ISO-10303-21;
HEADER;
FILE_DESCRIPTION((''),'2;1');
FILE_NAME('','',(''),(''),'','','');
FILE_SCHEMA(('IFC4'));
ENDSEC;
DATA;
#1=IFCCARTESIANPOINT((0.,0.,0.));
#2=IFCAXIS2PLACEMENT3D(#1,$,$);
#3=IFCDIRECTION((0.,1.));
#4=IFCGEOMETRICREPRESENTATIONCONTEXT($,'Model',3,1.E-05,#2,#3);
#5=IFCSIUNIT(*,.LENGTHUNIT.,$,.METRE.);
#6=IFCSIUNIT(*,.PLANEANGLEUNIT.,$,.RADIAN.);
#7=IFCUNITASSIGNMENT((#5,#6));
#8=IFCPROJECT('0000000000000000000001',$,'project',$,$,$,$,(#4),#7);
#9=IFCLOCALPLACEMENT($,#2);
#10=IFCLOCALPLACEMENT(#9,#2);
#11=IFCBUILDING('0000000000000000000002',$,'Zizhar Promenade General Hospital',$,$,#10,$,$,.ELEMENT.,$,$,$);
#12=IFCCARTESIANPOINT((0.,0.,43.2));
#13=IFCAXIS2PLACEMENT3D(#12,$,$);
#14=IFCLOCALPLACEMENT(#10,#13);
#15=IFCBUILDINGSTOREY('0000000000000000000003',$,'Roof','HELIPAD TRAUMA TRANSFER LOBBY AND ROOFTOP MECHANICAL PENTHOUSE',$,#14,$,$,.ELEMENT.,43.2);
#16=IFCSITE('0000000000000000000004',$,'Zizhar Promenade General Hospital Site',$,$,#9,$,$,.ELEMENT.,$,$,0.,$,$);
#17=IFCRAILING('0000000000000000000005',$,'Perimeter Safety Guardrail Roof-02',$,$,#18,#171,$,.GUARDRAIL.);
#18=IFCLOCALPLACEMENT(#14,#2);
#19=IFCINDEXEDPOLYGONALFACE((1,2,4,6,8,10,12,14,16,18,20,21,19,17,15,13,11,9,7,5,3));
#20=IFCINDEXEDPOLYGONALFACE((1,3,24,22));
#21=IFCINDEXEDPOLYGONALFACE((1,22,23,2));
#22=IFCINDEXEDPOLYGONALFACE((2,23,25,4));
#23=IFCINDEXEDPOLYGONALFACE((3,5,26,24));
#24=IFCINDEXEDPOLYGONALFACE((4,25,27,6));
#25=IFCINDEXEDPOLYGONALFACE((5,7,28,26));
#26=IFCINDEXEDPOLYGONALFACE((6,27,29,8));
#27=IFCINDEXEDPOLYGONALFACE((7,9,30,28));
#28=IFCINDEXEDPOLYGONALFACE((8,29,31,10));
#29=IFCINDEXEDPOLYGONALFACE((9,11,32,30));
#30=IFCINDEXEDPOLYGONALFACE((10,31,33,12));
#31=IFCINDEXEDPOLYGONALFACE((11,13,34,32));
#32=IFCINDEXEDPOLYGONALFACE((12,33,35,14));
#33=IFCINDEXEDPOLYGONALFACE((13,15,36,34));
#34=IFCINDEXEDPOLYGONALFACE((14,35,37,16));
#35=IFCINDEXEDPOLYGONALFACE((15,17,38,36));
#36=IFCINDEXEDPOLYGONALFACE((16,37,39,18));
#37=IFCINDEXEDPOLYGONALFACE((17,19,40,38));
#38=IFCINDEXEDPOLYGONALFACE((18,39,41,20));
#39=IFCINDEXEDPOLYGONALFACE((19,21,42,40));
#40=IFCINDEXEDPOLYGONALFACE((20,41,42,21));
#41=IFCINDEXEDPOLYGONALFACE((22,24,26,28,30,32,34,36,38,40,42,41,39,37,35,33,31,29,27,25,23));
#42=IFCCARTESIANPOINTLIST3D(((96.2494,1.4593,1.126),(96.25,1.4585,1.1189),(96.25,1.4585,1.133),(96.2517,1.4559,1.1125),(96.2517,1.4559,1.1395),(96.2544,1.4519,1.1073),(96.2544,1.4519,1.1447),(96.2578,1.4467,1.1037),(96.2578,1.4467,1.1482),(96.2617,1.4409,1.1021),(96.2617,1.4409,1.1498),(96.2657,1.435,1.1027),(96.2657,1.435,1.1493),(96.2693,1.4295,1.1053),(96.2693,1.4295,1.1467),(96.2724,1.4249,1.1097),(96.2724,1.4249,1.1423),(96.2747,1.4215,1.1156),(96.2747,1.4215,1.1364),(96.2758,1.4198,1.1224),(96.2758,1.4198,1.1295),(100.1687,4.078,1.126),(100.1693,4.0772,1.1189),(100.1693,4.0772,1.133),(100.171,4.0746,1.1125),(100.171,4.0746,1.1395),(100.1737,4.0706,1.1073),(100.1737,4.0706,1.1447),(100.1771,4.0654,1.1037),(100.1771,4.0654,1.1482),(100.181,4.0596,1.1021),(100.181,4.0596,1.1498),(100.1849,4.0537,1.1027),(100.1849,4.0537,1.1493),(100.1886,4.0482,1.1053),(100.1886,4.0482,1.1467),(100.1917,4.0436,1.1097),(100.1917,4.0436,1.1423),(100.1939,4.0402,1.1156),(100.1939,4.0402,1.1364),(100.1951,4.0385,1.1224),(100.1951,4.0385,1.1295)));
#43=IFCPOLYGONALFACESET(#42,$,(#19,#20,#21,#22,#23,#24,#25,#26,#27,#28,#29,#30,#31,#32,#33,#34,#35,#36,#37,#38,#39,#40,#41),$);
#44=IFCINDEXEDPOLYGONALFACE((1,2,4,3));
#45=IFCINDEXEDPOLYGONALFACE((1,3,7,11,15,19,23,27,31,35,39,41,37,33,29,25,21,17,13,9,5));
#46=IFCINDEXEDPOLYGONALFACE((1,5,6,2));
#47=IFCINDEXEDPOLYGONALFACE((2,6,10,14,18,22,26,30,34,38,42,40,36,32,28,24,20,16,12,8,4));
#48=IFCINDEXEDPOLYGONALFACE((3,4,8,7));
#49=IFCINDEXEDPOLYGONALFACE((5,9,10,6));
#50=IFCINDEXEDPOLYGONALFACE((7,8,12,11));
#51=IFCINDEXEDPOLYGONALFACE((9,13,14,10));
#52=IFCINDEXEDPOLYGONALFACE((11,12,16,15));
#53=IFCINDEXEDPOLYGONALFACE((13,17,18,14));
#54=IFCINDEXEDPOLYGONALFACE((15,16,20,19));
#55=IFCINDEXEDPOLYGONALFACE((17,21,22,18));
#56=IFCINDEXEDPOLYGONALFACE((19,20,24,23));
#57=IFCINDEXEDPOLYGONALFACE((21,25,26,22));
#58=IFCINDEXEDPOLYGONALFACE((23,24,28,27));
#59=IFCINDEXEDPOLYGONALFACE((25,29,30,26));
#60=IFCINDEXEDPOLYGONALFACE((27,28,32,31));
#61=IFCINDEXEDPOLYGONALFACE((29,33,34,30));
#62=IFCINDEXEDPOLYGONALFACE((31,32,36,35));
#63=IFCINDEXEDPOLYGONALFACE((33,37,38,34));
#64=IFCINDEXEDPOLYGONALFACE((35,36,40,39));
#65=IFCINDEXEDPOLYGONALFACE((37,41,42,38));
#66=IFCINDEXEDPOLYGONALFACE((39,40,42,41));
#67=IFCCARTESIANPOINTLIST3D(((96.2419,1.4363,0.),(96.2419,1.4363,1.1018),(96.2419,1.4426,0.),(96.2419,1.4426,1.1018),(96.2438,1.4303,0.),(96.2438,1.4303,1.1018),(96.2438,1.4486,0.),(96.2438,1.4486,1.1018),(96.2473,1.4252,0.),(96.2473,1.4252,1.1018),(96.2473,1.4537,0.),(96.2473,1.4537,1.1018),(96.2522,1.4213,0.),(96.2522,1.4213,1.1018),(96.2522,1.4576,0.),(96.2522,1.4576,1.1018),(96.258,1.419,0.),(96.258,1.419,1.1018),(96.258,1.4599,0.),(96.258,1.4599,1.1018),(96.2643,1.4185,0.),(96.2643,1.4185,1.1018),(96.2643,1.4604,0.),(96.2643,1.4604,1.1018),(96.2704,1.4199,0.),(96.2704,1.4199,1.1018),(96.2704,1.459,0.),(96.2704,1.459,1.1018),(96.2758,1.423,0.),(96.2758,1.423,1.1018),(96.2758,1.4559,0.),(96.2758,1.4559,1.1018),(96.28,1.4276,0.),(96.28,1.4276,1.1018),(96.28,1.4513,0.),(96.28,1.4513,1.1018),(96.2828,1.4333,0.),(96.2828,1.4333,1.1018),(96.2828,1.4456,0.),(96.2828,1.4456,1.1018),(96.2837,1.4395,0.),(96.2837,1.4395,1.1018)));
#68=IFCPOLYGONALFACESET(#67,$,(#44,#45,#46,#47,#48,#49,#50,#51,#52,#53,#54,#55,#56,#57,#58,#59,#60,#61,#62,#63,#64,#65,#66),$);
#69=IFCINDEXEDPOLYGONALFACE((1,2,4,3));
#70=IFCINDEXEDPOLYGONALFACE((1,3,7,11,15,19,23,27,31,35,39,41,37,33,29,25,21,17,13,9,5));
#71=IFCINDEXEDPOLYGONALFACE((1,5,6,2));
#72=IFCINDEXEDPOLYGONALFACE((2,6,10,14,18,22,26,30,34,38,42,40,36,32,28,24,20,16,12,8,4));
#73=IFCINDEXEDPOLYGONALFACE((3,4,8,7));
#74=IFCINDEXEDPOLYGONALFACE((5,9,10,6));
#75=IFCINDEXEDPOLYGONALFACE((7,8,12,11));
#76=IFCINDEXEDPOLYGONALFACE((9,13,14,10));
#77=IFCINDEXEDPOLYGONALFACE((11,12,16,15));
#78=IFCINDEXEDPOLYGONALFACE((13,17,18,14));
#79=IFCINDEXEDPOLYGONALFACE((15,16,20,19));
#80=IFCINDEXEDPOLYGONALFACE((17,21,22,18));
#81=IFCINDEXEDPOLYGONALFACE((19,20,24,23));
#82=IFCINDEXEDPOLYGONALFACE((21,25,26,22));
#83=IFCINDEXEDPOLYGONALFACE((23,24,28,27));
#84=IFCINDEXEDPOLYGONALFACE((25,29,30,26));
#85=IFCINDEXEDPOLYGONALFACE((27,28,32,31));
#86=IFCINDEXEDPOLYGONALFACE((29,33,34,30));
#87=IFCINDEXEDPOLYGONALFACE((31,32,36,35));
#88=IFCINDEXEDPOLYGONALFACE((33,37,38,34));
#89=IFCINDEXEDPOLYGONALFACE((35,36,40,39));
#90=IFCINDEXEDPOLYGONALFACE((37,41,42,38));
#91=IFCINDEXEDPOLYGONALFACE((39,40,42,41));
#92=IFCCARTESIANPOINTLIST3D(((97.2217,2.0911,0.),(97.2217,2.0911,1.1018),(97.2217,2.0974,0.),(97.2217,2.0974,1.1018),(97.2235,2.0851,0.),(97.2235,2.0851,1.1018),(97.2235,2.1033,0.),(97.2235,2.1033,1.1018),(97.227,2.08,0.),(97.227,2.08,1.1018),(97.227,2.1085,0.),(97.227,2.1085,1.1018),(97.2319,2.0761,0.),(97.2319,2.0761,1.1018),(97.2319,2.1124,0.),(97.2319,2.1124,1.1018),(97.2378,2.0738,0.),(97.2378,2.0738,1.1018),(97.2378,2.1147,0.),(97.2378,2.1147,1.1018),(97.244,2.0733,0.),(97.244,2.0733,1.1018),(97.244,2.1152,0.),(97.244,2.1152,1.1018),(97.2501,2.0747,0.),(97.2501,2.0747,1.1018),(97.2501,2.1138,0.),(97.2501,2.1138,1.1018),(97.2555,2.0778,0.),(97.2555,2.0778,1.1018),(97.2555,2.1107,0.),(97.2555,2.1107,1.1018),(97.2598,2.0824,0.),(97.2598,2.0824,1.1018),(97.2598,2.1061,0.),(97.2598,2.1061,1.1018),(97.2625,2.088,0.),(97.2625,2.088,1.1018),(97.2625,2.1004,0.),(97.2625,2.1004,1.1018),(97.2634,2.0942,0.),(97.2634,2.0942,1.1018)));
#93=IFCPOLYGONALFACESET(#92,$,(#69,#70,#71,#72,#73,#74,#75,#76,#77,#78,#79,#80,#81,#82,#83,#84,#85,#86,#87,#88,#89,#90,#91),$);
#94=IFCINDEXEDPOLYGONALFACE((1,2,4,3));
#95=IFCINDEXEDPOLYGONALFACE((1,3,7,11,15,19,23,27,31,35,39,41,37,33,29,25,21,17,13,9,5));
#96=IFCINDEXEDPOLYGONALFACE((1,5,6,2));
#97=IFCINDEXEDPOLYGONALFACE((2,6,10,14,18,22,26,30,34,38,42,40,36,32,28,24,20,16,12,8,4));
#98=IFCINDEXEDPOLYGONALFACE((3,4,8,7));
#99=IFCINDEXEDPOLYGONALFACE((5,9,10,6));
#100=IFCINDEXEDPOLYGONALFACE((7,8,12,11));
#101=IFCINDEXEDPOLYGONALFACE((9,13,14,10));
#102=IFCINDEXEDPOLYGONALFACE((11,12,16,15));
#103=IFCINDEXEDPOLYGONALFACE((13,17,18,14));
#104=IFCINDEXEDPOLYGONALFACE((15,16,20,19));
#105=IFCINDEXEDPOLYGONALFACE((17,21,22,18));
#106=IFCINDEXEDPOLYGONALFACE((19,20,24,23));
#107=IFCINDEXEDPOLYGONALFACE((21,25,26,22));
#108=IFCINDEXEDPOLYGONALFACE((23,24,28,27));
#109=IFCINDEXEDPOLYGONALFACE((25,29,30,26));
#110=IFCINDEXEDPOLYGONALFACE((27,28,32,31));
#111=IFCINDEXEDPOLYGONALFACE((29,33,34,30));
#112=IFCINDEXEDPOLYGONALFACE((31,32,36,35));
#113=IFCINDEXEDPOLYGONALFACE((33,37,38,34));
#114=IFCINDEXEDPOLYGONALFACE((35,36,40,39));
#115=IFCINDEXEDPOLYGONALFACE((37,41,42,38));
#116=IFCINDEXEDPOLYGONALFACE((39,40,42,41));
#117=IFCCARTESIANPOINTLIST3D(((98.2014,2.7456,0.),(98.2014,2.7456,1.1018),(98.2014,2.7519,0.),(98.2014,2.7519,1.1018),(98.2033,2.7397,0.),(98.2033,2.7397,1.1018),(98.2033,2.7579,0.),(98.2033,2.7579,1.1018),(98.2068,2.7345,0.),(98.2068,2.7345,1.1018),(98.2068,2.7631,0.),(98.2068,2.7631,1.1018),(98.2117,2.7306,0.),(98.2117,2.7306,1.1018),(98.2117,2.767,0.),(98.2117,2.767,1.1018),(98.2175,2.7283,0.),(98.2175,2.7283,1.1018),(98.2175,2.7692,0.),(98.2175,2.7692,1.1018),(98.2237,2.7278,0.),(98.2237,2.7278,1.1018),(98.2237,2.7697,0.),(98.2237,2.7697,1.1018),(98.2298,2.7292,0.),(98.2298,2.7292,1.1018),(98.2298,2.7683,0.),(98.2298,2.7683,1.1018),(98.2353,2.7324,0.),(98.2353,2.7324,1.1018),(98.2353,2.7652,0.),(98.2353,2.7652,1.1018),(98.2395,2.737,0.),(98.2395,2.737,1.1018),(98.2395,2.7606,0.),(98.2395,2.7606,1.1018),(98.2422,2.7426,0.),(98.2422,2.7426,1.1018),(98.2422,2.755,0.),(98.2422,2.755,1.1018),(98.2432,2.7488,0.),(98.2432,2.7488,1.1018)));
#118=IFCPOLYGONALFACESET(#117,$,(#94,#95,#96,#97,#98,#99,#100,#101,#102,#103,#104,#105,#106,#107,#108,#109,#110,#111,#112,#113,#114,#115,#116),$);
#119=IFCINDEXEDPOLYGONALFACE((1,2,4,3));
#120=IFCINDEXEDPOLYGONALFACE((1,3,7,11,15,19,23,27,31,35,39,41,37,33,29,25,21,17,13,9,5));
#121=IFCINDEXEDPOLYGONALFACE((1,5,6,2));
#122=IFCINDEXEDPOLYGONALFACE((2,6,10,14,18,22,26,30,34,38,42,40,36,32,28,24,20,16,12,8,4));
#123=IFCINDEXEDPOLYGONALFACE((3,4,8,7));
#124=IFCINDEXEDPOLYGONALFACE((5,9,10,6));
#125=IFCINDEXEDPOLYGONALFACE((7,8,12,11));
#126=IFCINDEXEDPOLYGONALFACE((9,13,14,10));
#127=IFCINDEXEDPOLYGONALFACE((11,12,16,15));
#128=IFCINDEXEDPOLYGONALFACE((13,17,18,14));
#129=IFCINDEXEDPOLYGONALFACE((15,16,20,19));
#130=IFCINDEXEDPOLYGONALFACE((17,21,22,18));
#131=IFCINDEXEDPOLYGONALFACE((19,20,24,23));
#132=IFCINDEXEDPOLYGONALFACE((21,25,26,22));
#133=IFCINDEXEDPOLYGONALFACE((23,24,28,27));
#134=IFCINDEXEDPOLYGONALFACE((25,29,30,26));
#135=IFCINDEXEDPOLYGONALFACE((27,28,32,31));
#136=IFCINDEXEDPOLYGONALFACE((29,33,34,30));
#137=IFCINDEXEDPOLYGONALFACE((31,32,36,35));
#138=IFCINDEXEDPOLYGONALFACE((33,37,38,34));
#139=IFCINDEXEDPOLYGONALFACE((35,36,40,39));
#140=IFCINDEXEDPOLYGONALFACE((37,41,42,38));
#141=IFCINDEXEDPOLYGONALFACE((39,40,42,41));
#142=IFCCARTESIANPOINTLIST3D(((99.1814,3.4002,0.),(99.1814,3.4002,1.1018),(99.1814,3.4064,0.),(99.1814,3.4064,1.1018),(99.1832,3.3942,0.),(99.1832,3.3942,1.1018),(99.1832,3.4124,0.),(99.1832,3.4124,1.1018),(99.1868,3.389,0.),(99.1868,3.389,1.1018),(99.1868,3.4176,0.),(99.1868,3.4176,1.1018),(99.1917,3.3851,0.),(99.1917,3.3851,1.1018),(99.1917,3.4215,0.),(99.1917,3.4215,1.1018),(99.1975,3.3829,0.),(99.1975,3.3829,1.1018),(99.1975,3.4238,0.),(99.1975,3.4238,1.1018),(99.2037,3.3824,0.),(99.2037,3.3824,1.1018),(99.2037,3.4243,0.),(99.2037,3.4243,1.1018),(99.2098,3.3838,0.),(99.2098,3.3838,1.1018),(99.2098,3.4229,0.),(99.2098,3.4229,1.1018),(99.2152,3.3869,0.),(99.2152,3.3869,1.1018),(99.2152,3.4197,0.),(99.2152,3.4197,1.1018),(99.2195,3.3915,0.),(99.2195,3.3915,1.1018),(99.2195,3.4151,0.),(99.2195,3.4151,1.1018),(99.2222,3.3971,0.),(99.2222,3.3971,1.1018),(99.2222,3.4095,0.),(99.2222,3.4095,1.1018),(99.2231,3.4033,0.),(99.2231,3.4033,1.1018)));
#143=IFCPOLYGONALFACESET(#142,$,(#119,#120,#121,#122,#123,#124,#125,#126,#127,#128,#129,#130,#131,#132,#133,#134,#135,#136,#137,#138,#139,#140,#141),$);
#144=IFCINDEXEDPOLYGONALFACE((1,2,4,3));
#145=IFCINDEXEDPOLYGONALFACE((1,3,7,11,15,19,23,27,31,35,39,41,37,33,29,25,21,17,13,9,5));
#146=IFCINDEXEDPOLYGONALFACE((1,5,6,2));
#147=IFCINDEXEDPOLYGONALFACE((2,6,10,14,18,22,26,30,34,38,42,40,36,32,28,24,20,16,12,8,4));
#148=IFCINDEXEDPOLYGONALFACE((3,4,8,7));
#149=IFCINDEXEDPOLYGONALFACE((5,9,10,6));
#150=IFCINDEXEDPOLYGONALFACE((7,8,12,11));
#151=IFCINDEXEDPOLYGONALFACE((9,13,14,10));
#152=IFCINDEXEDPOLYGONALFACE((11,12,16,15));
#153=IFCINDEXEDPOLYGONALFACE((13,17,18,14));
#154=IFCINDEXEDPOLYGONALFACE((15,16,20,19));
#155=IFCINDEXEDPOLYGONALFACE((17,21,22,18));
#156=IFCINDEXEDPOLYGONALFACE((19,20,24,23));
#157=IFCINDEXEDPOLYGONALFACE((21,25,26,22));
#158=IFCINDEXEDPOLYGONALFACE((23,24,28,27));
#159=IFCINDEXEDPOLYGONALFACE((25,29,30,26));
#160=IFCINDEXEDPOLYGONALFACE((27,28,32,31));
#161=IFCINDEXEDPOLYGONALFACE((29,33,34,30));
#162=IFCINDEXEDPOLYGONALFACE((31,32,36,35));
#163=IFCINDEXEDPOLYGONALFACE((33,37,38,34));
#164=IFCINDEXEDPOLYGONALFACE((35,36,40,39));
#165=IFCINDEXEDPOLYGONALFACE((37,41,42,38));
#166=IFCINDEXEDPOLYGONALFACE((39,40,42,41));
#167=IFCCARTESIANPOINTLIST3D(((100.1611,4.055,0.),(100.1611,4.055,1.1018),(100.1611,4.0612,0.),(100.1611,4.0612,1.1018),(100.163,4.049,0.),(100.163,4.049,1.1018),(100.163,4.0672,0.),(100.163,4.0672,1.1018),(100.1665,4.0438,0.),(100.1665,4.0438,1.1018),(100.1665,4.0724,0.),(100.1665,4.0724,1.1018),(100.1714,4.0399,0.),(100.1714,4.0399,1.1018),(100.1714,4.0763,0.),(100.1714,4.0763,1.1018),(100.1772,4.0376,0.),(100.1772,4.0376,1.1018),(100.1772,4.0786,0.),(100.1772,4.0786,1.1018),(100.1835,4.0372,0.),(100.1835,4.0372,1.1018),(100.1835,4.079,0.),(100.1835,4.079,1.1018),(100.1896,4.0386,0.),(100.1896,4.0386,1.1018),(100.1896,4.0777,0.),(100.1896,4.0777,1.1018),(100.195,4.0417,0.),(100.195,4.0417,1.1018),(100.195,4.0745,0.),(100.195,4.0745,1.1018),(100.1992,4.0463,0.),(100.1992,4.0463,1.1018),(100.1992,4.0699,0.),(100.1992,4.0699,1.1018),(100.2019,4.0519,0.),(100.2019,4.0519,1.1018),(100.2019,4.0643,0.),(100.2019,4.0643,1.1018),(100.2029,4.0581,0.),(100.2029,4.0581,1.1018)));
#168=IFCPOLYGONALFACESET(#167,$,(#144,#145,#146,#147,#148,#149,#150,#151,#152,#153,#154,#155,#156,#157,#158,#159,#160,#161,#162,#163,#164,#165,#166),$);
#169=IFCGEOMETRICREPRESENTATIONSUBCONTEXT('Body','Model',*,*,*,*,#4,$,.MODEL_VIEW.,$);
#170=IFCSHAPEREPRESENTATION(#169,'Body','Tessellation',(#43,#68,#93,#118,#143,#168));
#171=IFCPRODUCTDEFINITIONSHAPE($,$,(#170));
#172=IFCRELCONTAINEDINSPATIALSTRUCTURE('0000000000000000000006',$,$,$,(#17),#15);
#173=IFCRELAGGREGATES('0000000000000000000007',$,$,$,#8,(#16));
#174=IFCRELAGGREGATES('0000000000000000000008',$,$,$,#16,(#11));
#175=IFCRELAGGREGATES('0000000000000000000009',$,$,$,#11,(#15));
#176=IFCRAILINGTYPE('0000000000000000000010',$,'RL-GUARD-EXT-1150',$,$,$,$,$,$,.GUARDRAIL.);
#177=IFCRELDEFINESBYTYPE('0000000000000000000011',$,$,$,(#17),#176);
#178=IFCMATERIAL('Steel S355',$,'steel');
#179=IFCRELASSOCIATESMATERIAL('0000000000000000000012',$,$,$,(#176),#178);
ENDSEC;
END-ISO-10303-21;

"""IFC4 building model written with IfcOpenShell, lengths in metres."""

from ifc_helpers import new_model, si_unit, direction, frame, origin, origin_2d, place, context, subcontext, project, spatial, hollow_rectangle, circle, extrude, material, material_profile, profile_set, type_object, element, save


model = new_model("IFC4")

# Units and contexts
model_context = context("Model", 3, precision=1e-05, world=origin(), true_north=direction((0.0, 1.0)))
body_context = subcontext(model_context, "Body", "Model", "MODEL_VIEW")
ifc_project = project(units=[si_unit("LENGTHUNIT", "METRE"), si_unit("PLANEANGLEUNIT", "RADIAN")], contexts=[model_context])

# Site, building, storey
site_placement = place(None, origin())
site = spatial("IfcSite", under=ifc_project, at=site_placement, Name="Zizhar Promenade General Hospital Site", CompositionType="ELEMENT", RefElevation=0.0)
building_placement = place(site_placement, origin())
building = spatial("IfcBuilding", under=site, at=building_placement, Name="Zizhar Promenade General Hospital", CompositionType="ELEMENT")
storey_placement = place(building_placement, frame((0.0, 0.0, 43.2)))
storey = spatial("IfcBuildingStorey", under=building, at=storey_placement, Name="Roof", Description="HELIPAD TRAUMA TRANSFER LOBBY AND ROOFTOP MECHANICAL PENTHOUSE", CompositionType="ELEMENT", Elevation=43.2)

# Railing
ifc_material_1 = material(Name="Steel S355", Category="steel")
ifc_material_profile_1 = material_profile(ifc_material_1, hollow_rectangle(XDim=0.0601, YDim=0.1201, WallThickness=0.0039, at=origin_2d()))
ifc_profile_set_1 = profile_set([ifc_material_profile_1], Name="Steel S355")
railing_type_1 = type_object("IfcRailingType", Name="RL-GUARD-EXT-1150", PredefinedType="GUARDRAIL", material=ifc_profile_set_1)
railing_1_placement = place(storey_placement, frame((96.2627, 1.4395, 0.0)))
element("IfcRailing", 1, at=railing_1_placement, inside=storey, type_object=railing_type_1, Name="Perimeter Safety Guardrail Roof-02", PredefinedType="GUARDRAIL", context=body_context, shape_type="SweptSolid", body=[
    extrude(circle(Radius=0.0239, at=origin_2d()), frame((0.0, 0.0, 1.126), z_axis=(0.831476, 0.555561, 0.0), x_axis=(-0.555561, 0.831476, 0.0)), (0.0, 0.0, 1.0), 4.7136),
    extrude(circle(Radius=0.021, at=origin_2d()), origin(), (0.0, 0.0, 1.0), 1.1018),
    extrude(circle(Radius=0.021, at=origin_2d()), frame((0.9797, 0.6548, 0.0)), (0.0, 0.0, 1.0), 1.1018),
    extrude(circle(Radius=0.021, at=origin_2d()), frame((1.9595, 1.3093, 0.0)), (0.0, 0.0, 1.0), 1.1018),
    extrude(circle(Radius=0.021, at=origin_2d()), frame((2.9395, 1.9639, 0.0)), (0.0, 0.0, 1.0), 1.1018),
    extrude(circle(Radius=0.021, at=origin_2d()), frame((3.9192, 2.6187, 0.0)), (0.0, 0.0, 1.0), 1.1018),
])

save(model, "model.ifc")
